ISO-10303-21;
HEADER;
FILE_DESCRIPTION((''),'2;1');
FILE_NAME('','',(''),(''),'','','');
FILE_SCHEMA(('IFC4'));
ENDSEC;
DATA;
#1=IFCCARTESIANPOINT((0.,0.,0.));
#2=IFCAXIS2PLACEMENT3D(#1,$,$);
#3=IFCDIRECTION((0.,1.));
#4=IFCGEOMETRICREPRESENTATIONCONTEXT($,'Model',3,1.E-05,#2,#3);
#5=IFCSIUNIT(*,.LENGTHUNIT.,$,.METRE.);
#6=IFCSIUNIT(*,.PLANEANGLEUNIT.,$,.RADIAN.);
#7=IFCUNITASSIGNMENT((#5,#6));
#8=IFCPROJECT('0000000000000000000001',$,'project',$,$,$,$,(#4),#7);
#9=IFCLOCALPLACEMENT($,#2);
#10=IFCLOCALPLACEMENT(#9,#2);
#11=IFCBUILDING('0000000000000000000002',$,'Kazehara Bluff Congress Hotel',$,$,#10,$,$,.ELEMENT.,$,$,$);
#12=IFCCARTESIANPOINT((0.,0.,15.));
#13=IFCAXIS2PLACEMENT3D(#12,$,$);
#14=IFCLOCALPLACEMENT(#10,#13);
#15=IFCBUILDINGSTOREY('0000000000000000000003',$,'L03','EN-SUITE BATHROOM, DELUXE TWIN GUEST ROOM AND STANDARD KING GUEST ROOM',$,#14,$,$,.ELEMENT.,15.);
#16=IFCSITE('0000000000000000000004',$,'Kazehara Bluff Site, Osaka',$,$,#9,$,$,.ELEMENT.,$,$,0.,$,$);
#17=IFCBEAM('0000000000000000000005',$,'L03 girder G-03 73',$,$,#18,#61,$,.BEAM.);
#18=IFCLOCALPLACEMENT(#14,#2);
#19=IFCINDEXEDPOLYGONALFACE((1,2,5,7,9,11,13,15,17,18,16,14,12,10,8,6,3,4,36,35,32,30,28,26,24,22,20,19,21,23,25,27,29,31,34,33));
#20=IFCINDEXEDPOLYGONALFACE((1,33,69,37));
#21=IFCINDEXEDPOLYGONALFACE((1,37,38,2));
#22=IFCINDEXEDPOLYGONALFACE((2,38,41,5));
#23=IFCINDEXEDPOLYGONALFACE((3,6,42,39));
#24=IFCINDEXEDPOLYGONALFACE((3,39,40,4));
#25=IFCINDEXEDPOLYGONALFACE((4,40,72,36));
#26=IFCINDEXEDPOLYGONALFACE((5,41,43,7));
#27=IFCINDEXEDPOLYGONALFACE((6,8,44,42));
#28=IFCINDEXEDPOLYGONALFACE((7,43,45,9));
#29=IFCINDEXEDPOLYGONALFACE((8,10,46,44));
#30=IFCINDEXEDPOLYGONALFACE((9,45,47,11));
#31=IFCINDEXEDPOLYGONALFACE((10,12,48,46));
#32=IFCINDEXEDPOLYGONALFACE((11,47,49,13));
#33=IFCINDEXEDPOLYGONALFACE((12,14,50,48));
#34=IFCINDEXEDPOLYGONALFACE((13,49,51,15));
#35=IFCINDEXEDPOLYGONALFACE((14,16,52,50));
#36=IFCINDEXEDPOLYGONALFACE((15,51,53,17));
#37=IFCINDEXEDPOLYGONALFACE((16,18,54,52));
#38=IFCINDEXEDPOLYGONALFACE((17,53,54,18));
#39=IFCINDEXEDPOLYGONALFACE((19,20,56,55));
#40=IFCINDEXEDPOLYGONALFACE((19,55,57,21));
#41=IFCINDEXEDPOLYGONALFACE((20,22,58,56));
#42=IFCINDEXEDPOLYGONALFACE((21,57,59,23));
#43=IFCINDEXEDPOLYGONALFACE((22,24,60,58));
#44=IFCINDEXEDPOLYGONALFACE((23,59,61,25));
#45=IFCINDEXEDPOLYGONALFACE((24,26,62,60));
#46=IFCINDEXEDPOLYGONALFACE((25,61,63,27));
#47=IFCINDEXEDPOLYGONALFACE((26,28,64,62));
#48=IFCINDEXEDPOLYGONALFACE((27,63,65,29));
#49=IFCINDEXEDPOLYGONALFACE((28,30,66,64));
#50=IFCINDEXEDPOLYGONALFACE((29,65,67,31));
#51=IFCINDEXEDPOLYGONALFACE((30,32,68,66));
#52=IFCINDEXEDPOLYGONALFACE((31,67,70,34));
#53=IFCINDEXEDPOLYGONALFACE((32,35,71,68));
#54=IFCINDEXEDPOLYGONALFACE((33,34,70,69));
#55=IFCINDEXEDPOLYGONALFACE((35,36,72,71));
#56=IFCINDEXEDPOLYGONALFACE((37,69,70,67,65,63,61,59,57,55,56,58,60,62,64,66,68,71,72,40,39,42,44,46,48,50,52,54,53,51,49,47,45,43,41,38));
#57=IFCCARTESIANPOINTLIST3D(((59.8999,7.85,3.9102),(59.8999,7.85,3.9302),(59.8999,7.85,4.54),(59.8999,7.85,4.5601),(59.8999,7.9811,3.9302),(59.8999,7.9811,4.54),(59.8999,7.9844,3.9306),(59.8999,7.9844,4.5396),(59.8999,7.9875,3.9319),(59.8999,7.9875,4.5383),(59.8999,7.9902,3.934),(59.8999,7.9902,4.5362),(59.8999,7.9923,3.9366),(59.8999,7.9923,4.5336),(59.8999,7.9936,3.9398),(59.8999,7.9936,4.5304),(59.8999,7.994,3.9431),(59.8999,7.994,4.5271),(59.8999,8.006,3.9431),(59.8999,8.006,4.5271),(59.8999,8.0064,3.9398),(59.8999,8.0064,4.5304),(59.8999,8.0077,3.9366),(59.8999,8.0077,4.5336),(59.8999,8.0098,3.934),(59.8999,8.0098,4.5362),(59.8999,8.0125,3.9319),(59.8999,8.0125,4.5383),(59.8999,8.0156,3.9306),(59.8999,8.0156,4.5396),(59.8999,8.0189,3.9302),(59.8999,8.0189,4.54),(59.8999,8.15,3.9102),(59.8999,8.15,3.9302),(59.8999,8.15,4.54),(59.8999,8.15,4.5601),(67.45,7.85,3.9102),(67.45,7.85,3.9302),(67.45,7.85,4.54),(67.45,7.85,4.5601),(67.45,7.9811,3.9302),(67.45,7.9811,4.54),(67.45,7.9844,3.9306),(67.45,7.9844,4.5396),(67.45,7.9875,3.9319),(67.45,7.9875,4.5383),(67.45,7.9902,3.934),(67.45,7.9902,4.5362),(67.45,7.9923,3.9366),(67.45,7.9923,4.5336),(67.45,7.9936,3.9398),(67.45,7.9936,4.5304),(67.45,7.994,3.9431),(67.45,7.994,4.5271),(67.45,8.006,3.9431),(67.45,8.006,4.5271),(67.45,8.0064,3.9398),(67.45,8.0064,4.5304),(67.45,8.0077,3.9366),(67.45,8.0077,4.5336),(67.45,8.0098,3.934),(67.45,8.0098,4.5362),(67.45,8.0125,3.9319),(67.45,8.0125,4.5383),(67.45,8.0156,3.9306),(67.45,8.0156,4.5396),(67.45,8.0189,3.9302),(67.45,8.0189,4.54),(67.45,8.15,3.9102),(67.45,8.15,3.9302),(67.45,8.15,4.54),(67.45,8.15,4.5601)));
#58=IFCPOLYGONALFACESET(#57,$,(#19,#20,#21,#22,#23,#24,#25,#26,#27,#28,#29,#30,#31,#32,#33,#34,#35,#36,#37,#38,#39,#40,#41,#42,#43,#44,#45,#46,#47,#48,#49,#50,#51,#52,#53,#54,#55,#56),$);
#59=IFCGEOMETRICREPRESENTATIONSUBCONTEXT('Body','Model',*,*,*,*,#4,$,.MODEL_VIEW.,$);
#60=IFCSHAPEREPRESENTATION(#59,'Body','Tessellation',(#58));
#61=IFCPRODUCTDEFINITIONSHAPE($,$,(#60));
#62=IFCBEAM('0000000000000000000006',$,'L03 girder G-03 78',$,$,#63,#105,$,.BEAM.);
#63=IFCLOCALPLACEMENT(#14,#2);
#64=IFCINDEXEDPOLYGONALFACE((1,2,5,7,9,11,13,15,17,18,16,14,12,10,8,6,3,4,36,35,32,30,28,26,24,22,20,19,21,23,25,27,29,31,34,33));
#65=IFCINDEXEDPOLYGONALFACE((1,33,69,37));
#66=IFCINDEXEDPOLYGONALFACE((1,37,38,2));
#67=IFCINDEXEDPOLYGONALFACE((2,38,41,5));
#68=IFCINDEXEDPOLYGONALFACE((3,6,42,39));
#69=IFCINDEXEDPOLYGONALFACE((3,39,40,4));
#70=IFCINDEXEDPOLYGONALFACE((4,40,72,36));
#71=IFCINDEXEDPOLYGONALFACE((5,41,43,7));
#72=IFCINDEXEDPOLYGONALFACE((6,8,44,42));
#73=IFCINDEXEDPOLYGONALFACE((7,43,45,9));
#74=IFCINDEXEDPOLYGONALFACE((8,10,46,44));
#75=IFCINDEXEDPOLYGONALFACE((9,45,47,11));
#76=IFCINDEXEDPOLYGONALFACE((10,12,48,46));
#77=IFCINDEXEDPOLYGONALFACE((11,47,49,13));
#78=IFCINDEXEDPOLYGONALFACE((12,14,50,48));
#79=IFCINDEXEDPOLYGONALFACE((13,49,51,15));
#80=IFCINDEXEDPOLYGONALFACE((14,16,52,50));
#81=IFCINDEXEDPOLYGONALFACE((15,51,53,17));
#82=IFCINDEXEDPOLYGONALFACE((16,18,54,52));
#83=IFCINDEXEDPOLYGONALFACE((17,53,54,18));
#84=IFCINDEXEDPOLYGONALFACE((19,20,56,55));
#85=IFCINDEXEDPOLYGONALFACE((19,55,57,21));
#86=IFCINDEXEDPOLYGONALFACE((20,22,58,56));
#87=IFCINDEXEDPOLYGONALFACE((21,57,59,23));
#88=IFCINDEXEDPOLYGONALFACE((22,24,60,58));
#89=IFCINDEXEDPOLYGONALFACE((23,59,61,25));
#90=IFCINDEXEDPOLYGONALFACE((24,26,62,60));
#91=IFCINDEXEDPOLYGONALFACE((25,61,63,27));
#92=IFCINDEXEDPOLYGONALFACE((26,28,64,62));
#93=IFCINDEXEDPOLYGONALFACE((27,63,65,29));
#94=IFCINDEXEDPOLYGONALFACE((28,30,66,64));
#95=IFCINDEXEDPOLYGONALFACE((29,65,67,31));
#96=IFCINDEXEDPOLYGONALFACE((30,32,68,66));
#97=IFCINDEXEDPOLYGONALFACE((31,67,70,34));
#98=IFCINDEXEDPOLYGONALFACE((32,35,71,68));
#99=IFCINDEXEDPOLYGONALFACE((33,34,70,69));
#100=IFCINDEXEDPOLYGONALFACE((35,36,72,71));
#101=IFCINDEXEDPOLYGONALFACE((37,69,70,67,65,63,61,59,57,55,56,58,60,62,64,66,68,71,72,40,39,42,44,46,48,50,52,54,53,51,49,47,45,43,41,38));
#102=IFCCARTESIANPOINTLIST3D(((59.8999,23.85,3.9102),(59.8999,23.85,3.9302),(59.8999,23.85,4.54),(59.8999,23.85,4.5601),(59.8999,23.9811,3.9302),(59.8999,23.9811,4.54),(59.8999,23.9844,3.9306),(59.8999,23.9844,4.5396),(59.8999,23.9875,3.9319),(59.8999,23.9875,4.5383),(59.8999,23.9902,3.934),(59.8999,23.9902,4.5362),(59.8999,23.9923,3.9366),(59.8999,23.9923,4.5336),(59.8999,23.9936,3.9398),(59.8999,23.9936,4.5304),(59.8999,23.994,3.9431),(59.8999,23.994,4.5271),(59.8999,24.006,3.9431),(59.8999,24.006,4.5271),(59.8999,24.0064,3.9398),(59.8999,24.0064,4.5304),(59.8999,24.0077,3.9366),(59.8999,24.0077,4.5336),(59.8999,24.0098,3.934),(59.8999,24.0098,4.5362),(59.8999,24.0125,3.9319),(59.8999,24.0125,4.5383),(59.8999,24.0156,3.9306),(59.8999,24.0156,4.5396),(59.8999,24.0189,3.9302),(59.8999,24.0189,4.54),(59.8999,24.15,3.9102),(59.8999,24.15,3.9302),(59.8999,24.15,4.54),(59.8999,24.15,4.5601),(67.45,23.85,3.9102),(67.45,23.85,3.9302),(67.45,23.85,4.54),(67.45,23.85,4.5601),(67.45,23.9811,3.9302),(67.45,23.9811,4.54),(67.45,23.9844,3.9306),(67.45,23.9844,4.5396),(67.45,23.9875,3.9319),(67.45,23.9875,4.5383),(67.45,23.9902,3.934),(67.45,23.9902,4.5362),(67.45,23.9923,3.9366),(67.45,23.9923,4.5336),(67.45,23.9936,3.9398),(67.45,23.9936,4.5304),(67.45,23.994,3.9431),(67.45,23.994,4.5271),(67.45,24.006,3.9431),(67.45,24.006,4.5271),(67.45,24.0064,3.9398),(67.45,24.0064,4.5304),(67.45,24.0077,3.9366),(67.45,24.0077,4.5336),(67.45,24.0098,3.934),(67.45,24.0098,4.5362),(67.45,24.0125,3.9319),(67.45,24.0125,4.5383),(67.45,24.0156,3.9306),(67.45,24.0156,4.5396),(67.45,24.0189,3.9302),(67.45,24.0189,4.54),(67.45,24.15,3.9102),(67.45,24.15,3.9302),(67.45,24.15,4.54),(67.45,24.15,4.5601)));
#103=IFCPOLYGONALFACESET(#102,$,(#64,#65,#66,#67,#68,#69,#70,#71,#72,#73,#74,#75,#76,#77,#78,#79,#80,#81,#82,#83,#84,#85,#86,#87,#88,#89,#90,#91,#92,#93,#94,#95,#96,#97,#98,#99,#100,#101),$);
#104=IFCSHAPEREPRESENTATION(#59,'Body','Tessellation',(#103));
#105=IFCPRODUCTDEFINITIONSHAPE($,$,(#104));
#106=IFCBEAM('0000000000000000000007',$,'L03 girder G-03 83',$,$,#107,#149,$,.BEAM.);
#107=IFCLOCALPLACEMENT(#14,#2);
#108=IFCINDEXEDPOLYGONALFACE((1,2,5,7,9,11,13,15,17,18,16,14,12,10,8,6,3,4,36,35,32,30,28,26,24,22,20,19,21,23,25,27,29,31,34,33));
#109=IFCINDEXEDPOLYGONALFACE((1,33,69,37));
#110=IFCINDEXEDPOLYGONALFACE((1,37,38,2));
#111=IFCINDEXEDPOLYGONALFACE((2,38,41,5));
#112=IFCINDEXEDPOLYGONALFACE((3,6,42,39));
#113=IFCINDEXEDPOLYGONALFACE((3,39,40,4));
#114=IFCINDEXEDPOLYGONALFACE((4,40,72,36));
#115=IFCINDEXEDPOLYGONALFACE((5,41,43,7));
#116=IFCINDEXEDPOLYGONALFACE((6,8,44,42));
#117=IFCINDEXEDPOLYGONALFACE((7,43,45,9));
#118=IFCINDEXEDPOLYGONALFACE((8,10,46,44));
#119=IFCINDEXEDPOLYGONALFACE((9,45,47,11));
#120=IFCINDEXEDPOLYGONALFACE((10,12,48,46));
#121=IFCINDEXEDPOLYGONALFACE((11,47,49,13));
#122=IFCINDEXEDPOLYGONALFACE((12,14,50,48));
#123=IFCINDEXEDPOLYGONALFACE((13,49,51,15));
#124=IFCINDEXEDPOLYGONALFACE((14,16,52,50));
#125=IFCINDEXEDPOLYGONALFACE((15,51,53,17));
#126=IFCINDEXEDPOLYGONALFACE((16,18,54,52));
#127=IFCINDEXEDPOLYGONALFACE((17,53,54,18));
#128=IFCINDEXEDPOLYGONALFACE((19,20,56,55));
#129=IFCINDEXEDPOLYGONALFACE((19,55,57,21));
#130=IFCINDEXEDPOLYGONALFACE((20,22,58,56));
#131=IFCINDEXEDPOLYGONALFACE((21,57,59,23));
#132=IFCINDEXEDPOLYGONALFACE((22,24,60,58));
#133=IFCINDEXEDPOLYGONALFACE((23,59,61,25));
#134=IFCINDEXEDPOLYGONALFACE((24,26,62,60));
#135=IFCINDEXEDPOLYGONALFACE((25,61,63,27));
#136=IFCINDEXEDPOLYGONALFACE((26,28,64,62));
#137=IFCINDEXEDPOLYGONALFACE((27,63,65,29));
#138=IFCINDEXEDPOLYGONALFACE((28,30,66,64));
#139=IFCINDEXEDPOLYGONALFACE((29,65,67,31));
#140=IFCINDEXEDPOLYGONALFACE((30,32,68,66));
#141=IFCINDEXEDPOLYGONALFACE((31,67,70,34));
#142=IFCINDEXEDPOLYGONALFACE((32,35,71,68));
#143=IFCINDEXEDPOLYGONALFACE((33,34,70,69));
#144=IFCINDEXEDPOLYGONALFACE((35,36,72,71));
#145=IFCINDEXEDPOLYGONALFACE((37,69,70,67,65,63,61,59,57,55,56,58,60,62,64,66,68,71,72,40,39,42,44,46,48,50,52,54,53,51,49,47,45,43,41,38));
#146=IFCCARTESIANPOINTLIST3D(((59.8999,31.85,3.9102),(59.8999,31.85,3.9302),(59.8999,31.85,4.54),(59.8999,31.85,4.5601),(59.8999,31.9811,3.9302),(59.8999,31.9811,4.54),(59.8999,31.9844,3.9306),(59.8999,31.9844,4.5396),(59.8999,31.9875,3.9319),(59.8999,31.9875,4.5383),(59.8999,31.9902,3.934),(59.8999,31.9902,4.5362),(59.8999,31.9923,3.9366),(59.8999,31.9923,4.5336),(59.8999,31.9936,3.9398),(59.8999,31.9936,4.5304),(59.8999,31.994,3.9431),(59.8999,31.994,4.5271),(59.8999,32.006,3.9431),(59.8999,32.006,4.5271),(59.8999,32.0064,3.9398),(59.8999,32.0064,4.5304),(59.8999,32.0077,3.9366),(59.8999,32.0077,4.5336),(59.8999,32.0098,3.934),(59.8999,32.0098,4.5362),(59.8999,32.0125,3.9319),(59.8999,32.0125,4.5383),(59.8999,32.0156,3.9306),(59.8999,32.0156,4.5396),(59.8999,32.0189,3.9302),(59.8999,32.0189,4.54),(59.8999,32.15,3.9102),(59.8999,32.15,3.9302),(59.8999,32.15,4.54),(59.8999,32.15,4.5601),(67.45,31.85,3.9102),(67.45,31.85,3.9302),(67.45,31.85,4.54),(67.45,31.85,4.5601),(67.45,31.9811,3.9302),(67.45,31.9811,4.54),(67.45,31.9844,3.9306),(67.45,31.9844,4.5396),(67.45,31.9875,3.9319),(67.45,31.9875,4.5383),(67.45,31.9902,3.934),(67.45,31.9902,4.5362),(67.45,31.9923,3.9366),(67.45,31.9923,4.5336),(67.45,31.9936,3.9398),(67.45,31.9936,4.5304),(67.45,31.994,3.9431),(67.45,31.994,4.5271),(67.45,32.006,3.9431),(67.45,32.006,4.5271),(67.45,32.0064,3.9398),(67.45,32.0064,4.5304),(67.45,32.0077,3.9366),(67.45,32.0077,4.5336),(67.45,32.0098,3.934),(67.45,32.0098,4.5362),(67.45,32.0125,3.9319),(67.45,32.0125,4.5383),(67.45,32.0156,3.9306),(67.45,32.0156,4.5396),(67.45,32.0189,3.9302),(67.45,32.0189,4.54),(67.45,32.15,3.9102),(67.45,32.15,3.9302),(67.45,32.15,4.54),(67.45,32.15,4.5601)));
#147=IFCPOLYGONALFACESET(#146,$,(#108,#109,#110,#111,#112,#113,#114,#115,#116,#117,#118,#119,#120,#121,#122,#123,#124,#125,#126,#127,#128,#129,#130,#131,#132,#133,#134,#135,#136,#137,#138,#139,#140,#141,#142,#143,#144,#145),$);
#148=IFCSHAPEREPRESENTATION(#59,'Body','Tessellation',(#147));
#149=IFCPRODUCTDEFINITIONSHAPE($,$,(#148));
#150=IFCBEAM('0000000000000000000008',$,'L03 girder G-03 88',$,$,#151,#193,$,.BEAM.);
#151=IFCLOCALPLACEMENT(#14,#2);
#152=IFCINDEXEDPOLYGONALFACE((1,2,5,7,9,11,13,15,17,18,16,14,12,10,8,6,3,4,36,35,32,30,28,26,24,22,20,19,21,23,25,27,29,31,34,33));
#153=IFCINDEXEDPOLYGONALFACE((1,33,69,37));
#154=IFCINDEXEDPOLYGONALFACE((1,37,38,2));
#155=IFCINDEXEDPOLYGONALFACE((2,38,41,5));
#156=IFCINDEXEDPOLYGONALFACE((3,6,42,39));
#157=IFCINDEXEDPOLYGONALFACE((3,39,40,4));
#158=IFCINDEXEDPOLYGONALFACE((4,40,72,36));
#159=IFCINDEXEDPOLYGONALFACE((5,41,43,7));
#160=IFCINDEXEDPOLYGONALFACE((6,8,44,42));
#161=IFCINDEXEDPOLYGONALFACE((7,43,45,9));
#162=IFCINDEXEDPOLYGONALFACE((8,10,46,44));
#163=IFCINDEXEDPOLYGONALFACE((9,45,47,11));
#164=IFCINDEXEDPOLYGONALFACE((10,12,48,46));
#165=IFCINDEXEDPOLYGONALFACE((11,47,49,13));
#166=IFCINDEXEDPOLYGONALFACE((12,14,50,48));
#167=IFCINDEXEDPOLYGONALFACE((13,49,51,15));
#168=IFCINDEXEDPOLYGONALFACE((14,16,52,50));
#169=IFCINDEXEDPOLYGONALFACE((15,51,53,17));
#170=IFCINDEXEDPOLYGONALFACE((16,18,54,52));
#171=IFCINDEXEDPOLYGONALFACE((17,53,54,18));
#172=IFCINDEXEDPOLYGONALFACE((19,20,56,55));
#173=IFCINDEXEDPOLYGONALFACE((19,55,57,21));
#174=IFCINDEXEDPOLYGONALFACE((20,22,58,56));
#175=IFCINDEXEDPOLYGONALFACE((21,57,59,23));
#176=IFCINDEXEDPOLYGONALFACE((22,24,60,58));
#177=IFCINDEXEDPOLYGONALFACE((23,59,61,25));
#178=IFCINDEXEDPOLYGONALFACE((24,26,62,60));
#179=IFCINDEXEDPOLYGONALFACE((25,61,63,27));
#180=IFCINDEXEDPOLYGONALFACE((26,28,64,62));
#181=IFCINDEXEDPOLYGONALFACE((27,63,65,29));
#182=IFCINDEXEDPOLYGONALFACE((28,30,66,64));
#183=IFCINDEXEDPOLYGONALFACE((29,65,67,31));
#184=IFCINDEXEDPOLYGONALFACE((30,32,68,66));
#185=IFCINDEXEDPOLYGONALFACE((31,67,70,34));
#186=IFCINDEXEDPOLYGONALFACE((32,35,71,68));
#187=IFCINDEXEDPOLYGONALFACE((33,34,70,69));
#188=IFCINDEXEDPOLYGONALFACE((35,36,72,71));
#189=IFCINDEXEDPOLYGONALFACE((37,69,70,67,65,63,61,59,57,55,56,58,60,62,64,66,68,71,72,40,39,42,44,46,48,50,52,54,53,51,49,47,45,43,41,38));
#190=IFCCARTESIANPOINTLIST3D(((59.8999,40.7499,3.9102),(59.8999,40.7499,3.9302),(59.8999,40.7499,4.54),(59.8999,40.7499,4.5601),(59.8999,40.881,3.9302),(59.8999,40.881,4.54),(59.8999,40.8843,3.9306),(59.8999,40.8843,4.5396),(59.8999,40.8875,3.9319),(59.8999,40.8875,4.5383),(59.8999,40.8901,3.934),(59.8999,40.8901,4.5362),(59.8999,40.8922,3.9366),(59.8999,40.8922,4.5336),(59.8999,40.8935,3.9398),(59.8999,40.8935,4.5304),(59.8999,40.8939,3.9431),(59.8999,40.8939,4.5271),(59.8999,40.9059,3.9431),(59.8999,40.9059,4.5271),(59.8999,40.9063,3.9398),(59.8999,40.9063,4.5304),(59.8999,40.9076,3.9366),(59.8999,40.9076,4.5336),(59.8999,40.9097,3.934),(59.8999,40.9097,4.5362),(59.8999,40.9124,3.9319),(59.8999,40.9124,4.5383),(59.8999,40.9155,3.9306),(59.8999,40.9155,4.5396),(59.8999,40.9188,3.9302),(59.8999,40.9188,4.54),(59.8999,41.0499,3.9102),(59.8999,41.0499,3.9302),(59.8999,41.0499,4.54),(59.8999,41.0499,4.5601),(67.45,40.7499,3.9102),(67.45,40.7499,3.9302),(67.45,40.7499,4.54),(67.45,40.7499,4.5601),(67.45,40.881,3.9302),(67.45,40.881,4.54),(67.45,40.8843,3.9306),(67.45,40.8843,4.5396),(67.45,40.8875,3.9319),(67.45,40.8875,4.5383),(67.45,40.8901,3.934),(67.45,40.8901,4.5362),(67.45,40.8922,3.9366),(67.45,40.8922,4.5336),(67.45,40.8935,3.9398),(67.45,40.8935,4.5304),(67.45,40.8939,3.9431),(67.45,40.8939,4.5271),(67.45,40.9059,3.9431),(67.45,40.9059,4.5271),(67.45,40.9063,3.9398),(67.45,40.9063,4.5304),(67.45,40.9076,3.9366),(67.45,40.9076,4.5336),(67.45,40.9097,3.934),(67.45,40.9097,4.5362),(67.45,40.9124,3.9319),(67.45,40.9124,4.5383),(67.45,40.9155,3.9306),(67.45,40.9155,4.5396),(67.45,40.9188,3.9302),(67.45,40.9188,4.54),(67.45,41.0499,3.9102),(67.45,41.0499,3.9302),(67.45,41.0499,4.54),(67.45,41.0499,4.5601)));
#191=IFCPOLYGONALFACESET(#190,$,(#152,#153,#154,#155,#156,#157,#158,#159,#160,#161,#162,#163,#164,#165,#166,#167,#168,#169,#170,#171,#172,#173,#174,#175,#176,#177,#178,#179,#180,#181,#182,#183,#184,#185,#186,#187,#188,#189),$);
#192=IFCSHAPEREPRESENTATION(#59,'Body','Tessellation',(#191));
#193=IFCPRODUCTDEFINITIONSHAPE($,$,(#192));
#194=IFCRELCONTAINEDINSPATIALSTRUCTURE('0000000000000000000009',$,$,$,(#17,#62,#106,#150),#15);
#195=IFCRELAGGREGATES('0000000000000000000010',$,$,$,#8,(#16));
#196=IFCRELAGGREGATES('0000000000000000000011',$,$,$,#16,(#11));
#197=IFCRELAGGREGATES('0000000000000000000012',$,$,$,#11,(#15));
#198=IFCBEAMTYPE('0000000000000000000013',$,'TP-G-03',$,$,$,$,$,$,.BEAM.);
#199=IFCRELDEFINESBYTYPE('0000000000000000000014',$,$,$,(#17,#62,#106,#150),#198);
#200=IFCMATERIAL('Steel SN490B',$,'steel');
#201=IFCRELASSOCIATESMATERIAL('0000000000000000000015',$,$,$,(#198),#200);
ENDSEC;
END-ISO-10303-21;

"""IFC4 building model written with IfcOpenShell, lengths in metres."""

from ifc_helpers import new_model, si_unit, direction, frame, origin, origin_2d, place, context, subcontext, project, spatial, i_section, extrude, material, material_profile, profile_set, type_object, element, save


model = new_model("IFC4")

# Units and contexts
model_context = context("Model", 3, precision=1e-05, world=origin(), true_north=direction((0.0, 1.0)))
body_context = subcontext(model_context, "Body", "Model", "MODEL_VIEW")
ifc_project = project(units=[si_unit("LENGTHUNIT", "METRE"), si_unit("PLANEANGLEUNIT", "RADIAN")], contexts=[model_context])

# Site, building, storey
site_placement = place(None, origin())
site = spatial("IfcSite", under=ifc_project, at=site_placement, Name="Kazehara Bluff Site, Osaka", CompositionType="ELEMENT", RefElevation=0.0)
building_placement = place(site_placement, origin())
building = spatial("IfcBuilding", under=site, at=building_placement, Name="Kazehara Bluff Congress Hotel", CompositionType="ELEMENT")
storey_placement = place(building_placement, frame((0.0, 0.0, 15.0)))
storey = spatial("IfcBuildingStorey", under=building, at=storey_placement, Name="L03", Description="EN-SUITE BATHROOM, DELUXE TWIN GUEST ROOM AND STANDARD KING GUEST ROOM", CompositionType="ELEMENT", Elevation=15.0)

# Beams
ifc_material_1 = material(Name="Steel SN490B", Category="steel")
ifc_material_profile_1 = material_profile(ifc_material_1, i_section(OverallWidth=0.3, OverallDepth=0.6499, WebThickness=0.012, FlangeThickness=0.02, FilletRadius=0.0129, at=origin_2d()))
ifc_profile_set_1 = profile_set([ifc_material_profile_1], Name="Steel SN490B")
beam_type_1 = type_object("IfcBeamType", Name="TP-G-03", PredefinedType="BEAM", material=ifc_profile_set_1)
for number, where, z_axis, x_axis, name in (
    (1, (59.8999, 8.0, 4.2351), (1.0, 0.0, 0.0), (0.0, 1.0, 0.0), "L03 girder G-03 73"),
    (2, (59.8999, 24.0, 4.2351), (1.0, 0.0, 0.0), (0.0, 1.0, 0.0), "L03 girder G-03 78"),
    (3, (59.8999, 32.0, 4.2351), (1.0, 0.0, 0.0), (0.0, 1.0, 0.0), "L03 girder G-03 83"),
    (4, (59.8999, 40.8999, 4.2351), (1.0, 0.0, 0.0), (0.0, 1.0, 0.0), "L03 girder G-03 88"),
):
    element("IfcBeam", number, at=place(storey_placement, frame(where, z_axis=z_axis, x_axis=x_axis)), inside=storey, type_object=beam_type_1, Name=name, PredefinedType="BEAM", context=body_context, shape_type="SweptSolid", body=[
        extrude(i_section(OverallWidth=0.3, OverallDepth=0.6499, WebThickness=0.012, FlangeThickness=0.02, FilletRadius=0.0129, at=origin_2d()), origin(), (0.0, 0.0, 1.0), 7.55),
    ])

save(model, "model.ifc")
